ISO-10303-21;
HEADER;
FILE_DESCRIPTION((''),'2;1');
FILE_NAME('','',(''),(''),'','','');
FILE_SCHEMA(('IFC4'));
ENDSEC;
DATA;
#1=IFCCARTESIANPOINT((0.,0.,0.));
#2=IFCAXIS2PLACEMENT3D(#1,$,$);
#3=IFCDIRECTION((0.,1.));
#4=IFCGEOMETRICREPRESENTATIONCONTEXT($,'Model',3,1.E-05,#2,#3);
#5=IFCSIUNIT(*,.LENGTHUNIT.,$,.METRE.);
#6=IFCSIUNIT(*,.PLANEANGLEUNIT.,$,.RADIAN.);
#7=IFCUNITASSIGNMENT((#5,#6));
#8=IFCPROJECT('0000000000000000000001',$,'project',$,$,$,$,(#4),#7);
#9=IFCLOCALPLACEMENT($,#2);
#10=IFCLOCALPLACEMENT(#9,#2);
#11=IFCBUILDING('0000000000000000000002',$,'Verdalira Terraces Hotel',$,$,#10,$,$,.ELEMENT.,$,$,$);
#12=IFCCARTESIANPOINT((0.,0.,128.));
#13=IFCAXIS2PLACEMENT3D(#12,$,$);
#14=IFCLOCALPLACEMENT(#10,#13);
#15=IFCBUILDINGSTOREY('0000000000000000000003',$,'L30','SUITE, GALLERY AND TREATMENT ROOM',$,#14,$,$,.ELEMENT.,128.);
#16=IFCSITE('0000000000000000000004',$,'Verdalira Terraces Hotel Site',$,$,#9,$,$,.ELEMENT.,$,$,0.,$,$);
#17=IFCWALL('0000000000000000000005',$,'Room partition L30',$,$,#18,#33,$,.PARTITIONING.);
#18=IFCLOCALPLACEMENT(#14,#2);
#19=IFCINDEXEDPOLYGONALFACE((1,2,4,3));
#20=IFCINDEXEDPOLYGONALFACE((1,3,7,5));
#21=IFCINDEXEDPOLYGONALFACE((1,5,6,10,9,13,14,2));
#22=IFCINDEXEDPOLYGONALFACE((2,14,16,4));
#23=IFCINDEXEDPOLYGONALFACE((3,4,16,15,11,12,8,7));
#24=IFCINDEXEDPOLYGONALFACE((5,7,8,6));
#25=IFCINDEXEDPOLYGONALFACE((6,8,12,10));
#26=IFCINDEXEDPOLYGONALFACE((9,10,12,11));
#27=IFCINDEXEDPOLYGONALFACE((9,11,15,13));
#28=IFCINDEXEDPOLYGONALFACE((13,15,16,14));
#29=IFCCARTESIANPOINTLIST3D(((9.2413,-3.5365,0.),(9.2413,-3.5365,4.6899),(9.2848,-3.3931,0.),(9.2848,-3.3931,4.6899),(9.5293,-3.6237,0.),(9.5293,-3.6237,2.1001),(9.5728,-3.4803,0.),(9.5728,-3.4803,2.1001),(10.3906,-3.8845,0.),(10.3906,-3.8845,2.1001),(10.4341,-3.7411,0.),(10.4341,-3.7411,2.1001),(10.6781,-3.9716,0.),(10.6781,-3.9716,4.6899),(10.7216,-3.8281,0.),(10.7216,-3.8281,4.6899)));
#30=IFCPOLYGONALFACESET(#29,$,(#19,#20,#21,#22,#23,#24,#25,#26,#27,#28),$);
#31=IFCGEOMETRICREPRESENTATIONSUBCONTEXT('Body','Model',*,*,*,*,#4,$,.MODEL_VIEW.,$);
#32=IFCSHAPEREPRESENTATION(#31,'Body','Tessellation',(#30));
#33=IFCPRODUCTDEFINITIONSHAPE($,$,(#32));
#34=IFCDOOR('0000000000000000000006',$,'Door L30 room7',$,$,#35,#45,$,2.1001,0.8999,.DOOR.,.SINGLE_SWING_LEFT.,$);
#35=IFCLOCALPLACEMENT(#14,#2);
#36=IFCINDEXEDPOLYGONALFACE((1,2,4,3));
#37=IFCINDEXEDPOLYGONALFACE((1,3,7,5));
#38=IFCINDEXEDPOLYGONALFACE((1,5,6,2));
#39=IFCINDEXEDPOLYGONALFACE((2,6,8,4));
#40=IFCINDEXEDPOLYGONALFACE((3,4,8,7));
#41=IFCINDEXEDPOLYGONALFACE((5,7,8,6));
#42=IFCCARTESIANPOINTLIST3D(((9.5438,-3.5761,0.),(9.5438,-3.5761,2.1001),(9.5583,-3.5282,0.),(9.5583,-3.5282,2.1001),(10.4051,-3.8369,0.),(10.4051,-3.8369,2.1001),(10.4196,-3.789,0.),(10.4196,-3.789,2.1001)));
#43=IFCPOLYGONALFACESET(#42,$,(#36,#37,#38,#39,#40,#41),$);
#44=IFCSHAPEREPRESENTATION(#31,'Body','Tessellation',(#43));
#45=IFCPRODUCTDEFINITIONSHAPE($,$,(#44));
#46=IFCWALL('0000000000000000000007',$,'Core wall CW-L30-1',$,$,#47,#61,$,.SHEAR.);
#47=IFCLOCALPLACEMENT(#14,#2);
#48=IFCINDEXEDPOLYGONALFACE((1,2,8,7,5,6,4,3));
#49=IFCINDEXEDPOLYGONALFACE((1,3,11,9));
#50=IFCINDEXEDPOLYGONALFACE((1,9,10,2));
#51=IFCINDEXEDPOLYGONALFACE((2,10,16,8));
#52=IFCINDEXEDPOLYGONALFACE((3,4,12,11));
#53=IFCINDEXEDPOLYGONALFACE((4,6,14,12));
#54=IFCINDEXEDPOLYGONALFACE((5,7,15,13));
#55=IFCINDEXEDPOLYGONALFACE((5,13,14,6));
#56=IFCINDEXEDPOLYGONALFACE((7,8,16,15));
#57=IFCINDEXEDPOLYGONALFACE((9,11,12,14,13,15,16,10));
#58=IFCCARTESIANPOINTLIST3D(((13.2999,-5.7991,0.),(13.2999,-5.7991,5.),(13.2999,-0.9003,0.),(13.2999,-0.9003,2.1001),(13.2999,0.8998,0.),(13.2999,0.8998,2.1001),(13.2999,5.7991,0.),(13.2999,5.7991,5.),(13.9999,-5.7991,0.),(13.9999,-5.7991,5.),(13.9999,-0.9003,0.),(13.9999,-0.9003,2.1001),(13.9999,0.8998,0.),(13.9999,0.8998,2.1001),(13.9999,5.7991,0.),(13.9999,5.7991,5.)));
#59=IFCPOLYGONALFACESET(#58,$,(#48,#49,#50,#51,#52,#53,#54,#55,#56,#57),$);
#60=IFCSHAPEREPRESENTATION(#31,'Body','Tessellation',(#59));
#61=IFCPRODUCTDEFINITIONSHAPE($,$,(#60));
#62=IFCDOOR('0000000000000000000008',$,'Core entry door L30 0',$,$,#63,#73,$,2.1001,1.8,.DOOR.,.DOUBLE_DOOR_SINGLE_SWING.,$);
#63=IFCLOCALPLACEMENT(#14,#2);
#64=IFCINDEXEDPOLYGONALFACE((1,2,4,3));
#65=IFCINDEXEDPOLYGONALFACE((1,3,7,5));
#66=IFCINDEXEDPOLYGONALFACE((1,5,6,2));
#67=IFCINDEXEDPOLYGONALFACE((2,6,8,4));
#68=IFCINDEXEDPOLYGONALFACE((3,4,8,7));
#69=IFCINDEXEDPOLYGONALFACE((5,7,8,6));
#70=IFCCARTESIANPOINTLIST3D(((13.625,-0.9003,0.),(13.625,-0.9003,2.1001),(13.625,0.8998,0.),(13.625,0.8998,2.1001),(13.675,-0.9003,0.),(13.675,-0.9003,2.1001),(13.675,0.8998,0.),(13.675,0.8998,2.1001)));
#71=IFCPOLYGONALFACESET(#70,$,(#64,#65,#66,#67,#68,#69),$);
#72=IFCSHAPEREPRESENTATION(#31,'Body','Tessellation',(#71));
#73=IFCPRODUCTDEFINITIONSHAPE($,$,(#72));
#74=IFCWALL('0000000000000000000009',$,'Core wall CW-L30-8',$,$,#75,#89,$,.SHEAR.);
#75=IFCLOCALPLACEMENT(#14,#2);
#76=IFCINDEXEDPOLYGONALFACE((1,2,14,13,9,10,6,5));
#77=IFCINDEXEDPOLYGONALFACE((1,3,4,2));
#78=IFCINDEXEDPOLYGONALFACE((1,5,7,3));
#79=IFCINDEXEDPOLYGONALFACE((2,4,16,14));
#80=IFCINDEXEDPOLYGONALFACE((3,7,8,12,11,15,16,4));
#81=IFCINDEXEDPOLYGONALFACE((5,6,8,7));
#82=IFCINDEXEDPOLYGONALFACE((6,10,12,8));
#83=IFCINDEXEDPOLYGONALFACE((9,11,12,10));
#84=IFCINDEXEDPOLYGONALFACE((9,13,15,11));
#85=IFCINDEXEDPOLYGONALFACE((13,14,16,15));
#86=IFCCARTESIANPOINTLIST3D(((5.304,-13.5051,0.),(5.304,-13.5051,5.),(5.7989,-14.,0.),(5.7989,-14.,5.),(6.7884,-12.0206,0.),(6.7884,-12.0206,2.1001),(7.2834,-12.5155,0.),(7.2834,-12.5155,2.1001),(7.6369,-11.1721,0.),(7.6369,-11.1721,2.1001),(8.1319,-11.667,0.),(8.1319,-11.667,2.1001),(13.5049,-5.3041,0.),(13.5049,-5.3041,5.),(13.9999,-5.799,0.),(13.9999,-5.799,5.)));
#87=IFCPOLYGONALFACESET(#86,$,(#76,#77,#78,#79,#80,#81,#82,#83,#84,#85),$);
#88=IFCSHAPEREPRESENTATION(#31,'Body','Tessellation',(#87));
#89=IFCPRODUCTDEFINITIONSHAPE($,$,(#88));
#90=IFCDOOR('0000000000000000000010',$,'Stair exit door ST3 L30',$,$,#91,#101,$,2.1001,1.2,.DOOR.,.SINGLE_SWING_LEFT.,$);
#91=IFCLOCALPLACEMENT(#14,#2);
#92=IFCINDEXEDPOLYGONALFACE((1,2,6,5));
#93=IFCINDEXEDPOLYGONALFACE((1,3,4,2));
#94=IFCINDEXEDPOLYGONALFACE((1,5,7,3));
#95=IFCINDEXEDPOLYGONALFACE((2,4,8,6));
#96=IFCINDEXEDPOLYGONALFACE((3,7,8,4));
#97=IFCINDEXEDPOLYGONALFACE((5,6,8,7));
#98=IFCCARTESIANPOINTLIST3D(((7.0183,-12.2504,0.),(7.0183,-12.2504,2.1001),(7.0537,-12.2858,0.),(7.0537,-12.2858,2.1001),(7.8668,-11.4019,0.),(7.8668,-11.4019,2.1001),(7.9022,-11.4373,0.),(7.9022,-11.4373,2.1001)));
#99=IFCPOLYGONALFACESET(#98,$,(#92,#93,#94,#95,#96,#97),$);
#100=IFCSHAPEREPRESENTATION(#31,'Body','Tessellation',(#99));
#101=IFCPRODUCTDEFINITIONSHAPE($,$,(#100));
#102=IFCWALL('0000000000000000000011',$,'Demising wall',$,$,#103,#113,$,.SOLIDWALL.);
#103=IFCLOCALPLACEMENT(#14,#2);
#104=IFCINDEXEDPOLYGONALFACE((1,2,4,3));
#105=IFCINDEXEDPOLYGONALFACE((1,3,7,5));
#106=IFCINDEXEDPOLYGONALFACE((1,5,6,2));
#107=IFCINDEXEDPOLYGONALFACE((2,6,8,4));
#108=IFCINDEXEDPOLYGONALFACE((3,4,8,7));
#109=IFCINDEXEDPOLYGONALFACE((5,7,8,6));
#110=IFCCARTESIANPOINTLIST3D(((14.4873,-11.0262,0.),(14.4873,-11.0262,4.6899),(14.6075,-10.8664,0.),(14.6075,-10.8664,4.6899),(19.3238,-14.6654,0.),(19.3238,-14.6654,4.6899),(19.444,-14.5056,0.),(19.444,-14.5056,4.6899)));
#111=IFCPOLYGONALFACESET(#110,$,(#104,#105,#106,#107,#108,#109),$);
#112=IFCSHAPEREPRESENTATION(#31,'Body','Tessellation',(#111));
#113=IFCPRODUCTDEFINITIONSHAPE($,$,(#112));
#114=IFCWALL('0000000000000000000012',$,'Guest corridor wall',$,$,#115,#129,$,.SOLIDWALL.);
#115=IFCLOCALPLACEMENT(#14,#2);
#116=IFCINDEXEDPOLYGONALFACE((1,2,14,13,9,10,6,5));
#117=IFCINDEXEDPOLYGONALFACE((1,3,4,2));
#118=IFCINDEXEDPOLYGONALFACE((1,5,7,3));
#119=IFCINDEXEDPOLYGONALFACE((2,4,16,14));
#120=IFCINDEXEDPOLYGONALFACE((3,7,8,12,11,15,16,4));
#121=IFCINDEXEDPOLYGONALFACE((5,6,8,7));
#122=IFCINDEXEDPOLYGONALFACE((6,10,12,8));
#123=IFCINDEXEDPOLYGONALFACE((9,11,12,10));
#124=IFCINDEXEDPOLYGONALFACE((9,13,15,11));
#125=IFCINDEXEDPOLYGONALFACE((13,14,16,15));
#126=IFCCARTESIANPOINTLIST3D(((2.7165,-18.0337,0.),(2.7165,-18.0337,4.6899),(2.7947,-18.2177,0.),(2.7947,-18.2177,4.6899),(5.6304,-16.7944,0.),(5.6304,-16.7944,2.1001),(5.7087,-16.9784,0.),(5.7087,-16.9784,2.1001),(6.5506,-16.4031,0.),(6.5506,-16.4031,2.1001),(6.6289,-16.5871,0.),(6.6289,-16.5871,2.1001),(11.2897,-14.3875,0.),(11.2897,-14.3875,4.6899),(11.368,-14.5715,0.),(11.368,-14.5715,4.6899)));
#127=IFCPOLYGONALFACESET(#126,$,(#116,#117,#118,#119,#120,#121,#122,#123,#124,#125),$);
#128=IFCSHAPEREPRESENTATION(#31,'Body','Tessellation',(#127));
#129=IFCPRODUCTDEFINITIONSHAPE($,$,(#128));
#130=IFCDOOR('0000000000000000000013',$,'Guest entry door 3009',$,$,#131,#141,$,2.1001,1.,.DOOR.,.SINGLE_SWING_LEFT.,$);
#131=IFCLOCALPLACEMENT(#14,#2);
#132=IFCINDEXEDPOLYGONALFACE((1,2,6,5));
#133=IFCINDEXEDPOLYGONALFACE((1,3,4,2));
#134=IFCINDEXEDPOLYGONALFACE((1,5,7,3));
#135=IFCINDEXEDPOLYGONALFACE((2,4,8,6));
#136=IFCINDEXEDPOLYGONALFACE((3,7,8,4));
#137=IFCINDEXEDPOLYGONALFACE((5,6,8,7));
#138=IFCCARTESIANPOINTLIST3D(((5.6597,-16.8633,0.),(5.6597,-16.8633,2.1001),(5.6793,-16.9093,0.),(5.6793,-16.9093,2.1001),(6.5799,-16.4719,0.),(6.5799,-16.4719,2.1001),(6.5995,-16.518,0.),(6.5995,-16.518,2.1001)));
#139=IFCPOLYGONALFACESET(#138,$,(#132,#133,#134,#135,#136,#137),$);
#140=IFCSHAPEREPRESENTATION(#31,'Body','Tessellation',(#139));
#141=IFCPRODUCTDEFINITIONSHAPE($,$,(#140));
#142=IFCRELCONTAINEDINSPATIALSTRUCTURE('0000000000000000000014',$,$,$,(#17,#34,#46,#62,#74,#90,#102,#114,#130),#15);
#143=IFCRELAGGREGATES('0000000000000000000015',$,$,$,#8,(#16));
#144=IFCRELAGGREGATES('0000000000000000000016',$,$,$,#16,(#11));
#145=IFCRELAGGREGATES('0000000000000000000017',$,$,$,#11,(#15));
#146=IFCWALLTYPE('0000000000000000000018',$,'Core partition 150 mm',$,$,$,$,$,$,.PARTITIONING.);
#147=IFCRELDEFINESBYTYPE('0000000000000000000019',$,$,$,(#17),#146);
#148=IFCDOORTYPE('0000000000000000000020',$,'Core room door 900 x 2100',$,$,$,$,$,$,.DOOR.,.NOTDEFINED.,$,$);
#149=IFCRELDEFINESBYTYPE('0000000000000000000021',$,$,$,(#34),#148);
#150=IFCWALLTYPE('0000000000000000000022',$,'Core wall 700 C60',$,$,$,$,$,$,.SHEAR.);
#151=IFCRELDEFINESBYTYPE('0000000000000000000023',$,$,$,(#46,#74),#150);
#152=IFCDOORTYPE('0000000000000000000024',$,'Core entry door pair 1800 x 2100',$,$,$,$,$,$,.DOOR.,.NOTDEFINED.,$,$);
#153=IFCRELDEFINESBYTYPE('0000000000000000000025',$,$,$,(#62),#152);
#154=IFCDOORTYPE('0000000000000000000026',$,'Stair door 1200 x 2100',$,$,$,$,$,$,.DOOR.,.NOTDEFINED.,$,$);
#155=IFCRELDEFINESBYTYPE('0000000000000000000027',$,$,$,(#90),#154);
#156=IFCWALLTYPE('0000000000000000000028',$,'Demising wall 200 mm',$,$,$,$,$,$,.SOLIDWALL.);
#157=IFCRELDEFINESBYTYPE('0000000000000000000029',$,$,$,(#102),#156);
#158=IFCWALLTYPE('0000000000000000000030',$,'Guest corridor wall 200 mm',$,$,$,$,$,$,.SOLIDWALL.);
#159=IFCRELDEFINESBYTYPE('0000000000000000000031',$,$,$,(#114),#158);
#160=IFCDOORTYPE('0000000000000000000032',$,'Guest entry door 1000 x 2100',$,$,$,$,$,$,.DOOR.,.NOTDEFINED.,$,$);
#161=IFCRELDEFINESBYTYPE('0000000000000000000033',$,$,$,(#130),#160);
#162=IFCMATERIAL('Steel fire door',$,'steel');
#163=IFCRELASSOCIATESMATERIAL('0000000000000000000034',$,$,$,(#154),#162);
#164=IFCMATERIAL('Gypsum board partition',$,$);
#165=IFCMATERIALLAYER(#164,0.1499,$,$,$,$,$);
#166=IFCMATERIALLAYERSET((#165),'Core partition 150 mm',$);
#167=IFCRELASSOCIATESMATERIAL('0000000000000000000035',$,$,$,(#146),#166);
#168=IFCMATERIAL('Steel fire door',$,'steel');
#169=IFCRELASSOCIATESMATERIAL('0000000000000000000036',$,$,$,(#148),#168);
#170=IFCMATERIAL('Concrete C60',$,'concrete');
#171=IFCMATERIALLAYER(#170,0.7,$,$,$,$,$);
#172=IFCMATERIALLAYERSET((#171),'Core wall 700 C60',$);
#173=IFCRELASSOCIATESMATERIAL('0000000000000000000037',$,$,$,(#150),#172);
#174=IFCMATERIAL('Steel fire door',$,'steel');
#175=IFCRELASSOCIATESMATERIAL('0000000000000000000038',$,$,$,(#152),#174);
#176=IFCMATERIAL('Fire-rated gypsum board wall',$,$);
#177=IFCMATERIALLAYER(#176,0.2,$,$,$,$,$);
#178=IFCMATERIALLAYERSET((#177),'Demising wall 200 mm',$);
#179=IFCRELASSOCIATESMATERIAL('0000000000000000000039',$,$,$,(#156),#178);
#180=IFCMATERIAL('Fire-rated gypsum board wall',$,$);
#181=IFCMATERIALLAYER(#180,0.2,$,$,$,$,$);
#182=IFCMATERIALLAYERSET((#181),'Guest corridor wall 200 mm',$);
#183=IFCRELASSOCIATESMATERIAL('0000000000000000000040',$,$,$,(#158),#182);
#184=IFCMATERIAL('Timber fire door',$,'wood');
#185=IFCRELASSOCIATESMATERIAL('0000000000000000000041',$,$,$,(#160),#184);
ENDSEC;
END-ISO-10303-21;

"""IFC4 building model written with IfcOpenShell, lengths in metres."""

from ifc_helpers import new_model, si_unit, direction, frame, frame_2d, origin, place, context, subcontext, project, spatial, rectangle, extrude, material, layer, layer_set, type_object, element, fill, save


model = new_model("IFC4")

# Units and contexts
model_context = context("Model", 3, precision=1e-05, world=origin(), true_north=direction((0.0, 1.0)))
body_context = subcontext(model_context, "Body", "Model", "MODEL_VIEW")
ifc_project = project(units=[si_unit("LENGTHUNIT", "METRE"), si_unit("PLANEANGLEUNIT", "RADIAN")], contexts=[model_context])

# Site, building, storey
site_placement = place(None, origin())
site = spatial("IfcSite", under=ifc_project, at=site_placement, Name="Verdalira Terraces Hotel Site", CompositionType="ELEMENT", RefElevation=0.0)
building_placement = place(site_placement, origin())
building = spatial("IfcBuilding", under=site, at=building_placement, Name="Verdalira Terraces Hotel", CompositionType="ELEMENT")
storey_placement = place(building_placement, frame((0.0, 0.0, 128.0)))
storey = spatial("IfcBuildingStorey", under=building, at=storey_placement, Name="L30", Description="SUITE, GALLERY AND TREATMENT ROOM", CompositionType="ELEMENT", Elevation=128.0)

# Shared definitions
ifc_material_1 = material(Name="Steel fire door", Category="steel")
door_type_1 = type_object("IfcDoorType", Name="Stair door 1200 x 2100", OperationType="NOTDEFINED", PredefinedType="DOOR", material=ifc_material_1)

# Walls, openings, doors
ifc_material_2 = material(Name="Gypsum board partition")
ifc_layer_1 = layer(ifc_material_2, 0.1499)
ifc_layer_set_1 = layer_set([ifc_layer_1], Name="Core partition 150 mm")
wall_type_1 = type_object("IfcWallType", Name="Core partition 150 mm", PredefinedType="PARTITIONING", material=ifc_layer_set_1)
wall_1_placement = place(storey_placement, frame((9.2632, -3.4648, 0.0), z_axis=(0.0, 0.0, 1.0), x_axis=(0.957085, -0.289809, 0.0)))
wall_1 = element("IfcWall", 1, at=wall_1_placement, inside=storey, type_object=wall_type_1, Name="Room partition L30", PredefinedType="PARTITIONING", context=body_context, shape_type="SweptSolid", body=[
    extrude(rectangle(XDim=1.5012, YDim=0.1499, at=frame_2d((0.7505, 0.0))), origin(), (0.0, 0.0, 1.0), 4.6899),
])
opening_1_placement = place(wall_1_placement, frame((0.3008, 0.0, 0.0)))
opening_1 = element("IfcOpeningElement", 2, at=opening_1_placement, cuts=wall_1, PredefinedType="OPENING", context=body_context, shape_type="SweptSolid", body=[
    extrude(rectangle(XDim=0.8999, YDim=2.1001, at=frame_2d((0.45, 1.05))), frame((0.0, 0.085, 0.0), z_axis=(0.0, -1.0, 0.0), x_axis=(1.0, 0.0, 0.0)), (0.0, 0.0, 1.0), 0.1699),
])
ifc_material_3 = material(Name="Steel fire door", Category="steel")
door_type_2 = type_object("IfcDoorType", Name="Core room door 900 x 2100", OperationType="NOTDEFINED", PredefinedType="DOOR", material=ifc_material_3)
door_1_placement = place(opening_1_placement, origin())
door_1 = element("IfcDoor", 3, at=door_1_placement, inside=storey, type_object=door_type_2, Name="Door L30 room7", OperationType="SINGLE_SWING_LEFT", OverallHeight=2.1001, OverallWidth=0.8999, PredefinedType="DOOR", context=body_context, shape_type="SweptSolid", body=[
    extrude(rectangle(XDim=0.8999, YDim=2.1001, at=frame_2d((0.45, 1.05))), frame((0.0, 0.0249, 0.0), z_axis=(0.0, -1.0, 0.0), x_axis=(1.0, 0.0, 0.0)), (0.0, 0.0, 1.0), 0.05),
])
fill(opening_1, door_1)
ifc_material_4 = material(Name="Concrete C60", Category="concrete")
ifc_layer_2 = layer(ifc_material_4, 0.7)
ifc_layer_set_2 = layer_set([ifc_layer_2], Name="Core wall 700 C60")
wall_type_2 = type_object("IfcWallType", Name="Core wall 700 C60", PredefinedType="SHEAR", material=ifc_layer_set_2)
wall_2_placement = place(storey_placement, frame((13.6499, -5.7991, 0.0), z_axis=(0.0, 0.0, 1.0), x_axis=(0.0, 1.0, 0.0)))
wall_2 = element("IfcWall", 4, at=wall_2_placement, inside=storey, type_object=wall_type_2, Name="Core wall CW-L30-1", PredefinedType="SHEAR", context=body_context, shape_type="SweptSolid", body=[
    extrude(rectangle(XDim=11.5981, YDim=0.7, at=frame_2d((5.7991, 0.0))), origin(), (0.0, 0.0, 1.0), 5.0),
])
opening_2_placement = place(wall_2_placement, frame((4.8989, 0.0, 0.0)))
opening_2 = element("IfcOpeningElement", 5, at=opening_2_placement, cuts=wall_2, PredefinedType="OPENING", context=body_context, shape_type="SweptSolid", body=[
    extrude(rectangle(XDim=1.8, YDim=2.1001, at=frame_2d((0.8999, 1.05))), frame((0.0, 0.3599, 0.0), z_axis=(0.0, -1.0, 0.0), x_axis=(1.0, 0.0, 0.0)), (0.0, 0.0, 1.0), 0.72),
])
ifc_material_5 = material(Name="Steel fire door", Category="steel")
door_type_3 = type_object("IfcDoorType", Name="Core entry door pair 1800 x 2100", OperationType="NOTDEFINED", PredefinedType="DOOR", material=ifc_material_5)
door_2_placement = place(opening_2_placement, origin())
door_2 = element("IfcDoor", 6, at=door_2_placement, inside=storey, type_object=door_type_3, Name="Core entry door L30 0", OperationType="DOUBLE_DOOR_SINGLE_SWING", OverallHeight=2.1001, OverallWidth=1.8, PredefinedType="DOOR", context=body_context, shape_type="SweptSolid", body=[
    extrude(rectangle(XDim=1.8, YDim=2.1001, at=frame_2d((0.8999, 1.05))), frame((0.0, 0.0249, 0.0), z_axis=(0.0, -1.0, 0.0), x_axis=(1.0, 0.0, 0.0)), (0.0, 0.0, 1.0), 0.05),
])
fill(opening_2, door_2)
wall_3_placement = place(storey_placement, frame((5.5515, -13.7524, 0.0), z_axis=(0.0, 0.0, 1.0), x_axis=(0.707107, 0.707107, 0.0)))
wall_3 = element("IfcWall", 7, at=wall_3_placement, inside=storey, type_object=wall_type_2, Name="Core wall CW-L30-8", PredefinedType="SHEAR", context=body_context, shape_type="SweptSolid", body=[
    extrude(rectangle(XDim=11.5979, YDim=0.7, at=frame_2d((5.7988, 0.0))), origin(), (0.0, 0.0, 1.0), 5.0),
])
opening_3_placement = place(wall_3_placement, frame((2.0991, 0.0, 0.0)))
opening_3 = element("IfcOpeningElement", 8, at=opening_3_placement, cuts=wall_3, PredefinedType="OPENING", context=body_context, shape_type="SweptSolid", body=[
    extrude(rectangle(XDim=1.2, YDim=2.1001, at=frame_2d((0.6001, 1.05))), frame((0.0, 0.3599, 0.0), z_axis=(0.0, -1.0, 0.0), x_axis=(1.0, 0.0, 0.0)), (0.0, 0.0, 1.0), 0.72),
])
door_3_placement = place(opening_3_placement, origin())
door_3 = element("IfcDoor", 9, at=door_3_placement, inside=storey, type_object=door_type_1, Name="Stair exit door ST3 L30", OperationType="SINGLE_SWING_LEFT", OverallHeight=2.1001, OverallWidth=1.2, PredefinedType="DOOR", context=body_context, shape_type="SweptSolid", body=[
    extrude(rectangle(XDim=1.2, YDim=2.1001, at=frame_2d((0.6001, 1.05))), frame((0.0, 0.0249, 0.0), z_axis=(0.0, -1.0, 0.0), x_axis=(1.0, 0.0, 0.0)), (0.0, 0.0, 1.0), 0.05),
])
fill(opening_3, door_3)

# Wall
ifc_material_6 = material(Name="Fire-rated gypsum board wall")
ifc_layer_3 = layer(ifc_material_6, 0.2)
ifc_layer_set_3 = layer_set([ifc_layer_3], Name="Demising wall 200 mm")
wall_type_3 = type_object("IfcWallType", Name="Demising wall 200 mm", PredefinedType="SOLIDWALL", material=ifc_layer_set_3)
wall_4_placement = place(storey_placement, frame((14.5474, -10.9463, 0.0), z_axis=(0.0, 0.0, 1.0), x_axis=(0.79906, -0.601251, 0.0)))
element("IfcWall", 10, at=wall_4_placement, inside=storey, type_object=wall_type_3, Name="Demising wall", PredefinedType="SOLIDWALL", context=body_context, shape_type="SweptSolid", body=[
    extrude(rectangle(XDim=6.0527, YDim=0.2, at=frame_2d((3.0264, 0.0))), origin(), (0.0, 0.0, 1.0), 4.6899),
])

# Wall, opening, door
ifc_material_7 = material(Name="Fire-rated gypsum board wall")
ifc_layer_4 = layer(ifc_material_7, 0.2)
ifc_layer_set_4 = layer_set([ifc_layer_4], Name="Guest corridor wall 200 mm")
wall_type_4 = type_object("IfcWallType", Name="Guest corridor wall 200 mm", PredefinedType="SOLIDWALL", material=ifc_layer_set_4)
wall_5_placement = place(storey_placement, frame((11.3289, -14.4795, 0.0), z_axis=(0.0, 0.0, 1.0), x_axis=(-0.92023, -0.391378, 0.0)))
wall_5 = element("IfcWall", 11, at=wall_5_placement, inside=storey, type_object=wall_type_4, Name="Guest corridor wall", PredefinedType="SOLIDWALL", context=body_context, shape_type="SweptSolid", body=[
    extrude(rectangle(XDim=9.3164, YDim=0.2, at=frame_2d((4.6582, 0.0))), origin(), (0.0, 0.0, 1.0), 4.6899),
])
opening_4_placement = place(wall_5_placement, frame((5.1499, 0.0, 0.0)))
opening_4 = element("IfcOpeningElement", 12, at=opening_4_placement, cuts=wall_5, PredefinedType="OPENING", context=body_context, shape_type="SweptSolid", body=[
    extrude(rectangle(XDim=1.0, YDim=2.1001, at=frame_2d((0.5, 1.05))), frame((0.0, 0.1099, 0.0), z_axis=(0.0, -1.0, 0.0), x_axis=(1.0, 0.0, 0.0)), (0.0, 0.0, 1.0), 0.22),
])
ifc_material_8 = material(Name="Timber fire door", Category="wood")
door_type_4 = type_object("IfcDoorType", Name="Guest entry door 1000 x 2100", OperationType="NOTDEFINED", PredefinedType="DOOR", material=ifc_material_8)
door_4_placement = place(opening_4_placement, origin())
door_4 = element("IfcDoor", 13, at=door_4_placement, inside=storey, type_object=door_type_4, Name="Guest entry door 3009", OperationType="SINGLE_SWING_LEFT", OverallHeight=2.1001, OverallWidth=1.0, PredefinedType="DOOR", context=body_context, shape_type="SweptSolid", body=[
    extrude(rectangle(XDim=1.0, YDim=2.1001, at=frame_2d((0.5, 1.05))), frame((0.0, 0.0249, 0.0), z_axis=(0.0, -1.0, 0.0), x_axis=(1.0, 0.0, 0.0)), (0.0, 0.0, 1.0), 0.05),
])
fill(opening_4, door_4)

save(model, "model.ifc")
